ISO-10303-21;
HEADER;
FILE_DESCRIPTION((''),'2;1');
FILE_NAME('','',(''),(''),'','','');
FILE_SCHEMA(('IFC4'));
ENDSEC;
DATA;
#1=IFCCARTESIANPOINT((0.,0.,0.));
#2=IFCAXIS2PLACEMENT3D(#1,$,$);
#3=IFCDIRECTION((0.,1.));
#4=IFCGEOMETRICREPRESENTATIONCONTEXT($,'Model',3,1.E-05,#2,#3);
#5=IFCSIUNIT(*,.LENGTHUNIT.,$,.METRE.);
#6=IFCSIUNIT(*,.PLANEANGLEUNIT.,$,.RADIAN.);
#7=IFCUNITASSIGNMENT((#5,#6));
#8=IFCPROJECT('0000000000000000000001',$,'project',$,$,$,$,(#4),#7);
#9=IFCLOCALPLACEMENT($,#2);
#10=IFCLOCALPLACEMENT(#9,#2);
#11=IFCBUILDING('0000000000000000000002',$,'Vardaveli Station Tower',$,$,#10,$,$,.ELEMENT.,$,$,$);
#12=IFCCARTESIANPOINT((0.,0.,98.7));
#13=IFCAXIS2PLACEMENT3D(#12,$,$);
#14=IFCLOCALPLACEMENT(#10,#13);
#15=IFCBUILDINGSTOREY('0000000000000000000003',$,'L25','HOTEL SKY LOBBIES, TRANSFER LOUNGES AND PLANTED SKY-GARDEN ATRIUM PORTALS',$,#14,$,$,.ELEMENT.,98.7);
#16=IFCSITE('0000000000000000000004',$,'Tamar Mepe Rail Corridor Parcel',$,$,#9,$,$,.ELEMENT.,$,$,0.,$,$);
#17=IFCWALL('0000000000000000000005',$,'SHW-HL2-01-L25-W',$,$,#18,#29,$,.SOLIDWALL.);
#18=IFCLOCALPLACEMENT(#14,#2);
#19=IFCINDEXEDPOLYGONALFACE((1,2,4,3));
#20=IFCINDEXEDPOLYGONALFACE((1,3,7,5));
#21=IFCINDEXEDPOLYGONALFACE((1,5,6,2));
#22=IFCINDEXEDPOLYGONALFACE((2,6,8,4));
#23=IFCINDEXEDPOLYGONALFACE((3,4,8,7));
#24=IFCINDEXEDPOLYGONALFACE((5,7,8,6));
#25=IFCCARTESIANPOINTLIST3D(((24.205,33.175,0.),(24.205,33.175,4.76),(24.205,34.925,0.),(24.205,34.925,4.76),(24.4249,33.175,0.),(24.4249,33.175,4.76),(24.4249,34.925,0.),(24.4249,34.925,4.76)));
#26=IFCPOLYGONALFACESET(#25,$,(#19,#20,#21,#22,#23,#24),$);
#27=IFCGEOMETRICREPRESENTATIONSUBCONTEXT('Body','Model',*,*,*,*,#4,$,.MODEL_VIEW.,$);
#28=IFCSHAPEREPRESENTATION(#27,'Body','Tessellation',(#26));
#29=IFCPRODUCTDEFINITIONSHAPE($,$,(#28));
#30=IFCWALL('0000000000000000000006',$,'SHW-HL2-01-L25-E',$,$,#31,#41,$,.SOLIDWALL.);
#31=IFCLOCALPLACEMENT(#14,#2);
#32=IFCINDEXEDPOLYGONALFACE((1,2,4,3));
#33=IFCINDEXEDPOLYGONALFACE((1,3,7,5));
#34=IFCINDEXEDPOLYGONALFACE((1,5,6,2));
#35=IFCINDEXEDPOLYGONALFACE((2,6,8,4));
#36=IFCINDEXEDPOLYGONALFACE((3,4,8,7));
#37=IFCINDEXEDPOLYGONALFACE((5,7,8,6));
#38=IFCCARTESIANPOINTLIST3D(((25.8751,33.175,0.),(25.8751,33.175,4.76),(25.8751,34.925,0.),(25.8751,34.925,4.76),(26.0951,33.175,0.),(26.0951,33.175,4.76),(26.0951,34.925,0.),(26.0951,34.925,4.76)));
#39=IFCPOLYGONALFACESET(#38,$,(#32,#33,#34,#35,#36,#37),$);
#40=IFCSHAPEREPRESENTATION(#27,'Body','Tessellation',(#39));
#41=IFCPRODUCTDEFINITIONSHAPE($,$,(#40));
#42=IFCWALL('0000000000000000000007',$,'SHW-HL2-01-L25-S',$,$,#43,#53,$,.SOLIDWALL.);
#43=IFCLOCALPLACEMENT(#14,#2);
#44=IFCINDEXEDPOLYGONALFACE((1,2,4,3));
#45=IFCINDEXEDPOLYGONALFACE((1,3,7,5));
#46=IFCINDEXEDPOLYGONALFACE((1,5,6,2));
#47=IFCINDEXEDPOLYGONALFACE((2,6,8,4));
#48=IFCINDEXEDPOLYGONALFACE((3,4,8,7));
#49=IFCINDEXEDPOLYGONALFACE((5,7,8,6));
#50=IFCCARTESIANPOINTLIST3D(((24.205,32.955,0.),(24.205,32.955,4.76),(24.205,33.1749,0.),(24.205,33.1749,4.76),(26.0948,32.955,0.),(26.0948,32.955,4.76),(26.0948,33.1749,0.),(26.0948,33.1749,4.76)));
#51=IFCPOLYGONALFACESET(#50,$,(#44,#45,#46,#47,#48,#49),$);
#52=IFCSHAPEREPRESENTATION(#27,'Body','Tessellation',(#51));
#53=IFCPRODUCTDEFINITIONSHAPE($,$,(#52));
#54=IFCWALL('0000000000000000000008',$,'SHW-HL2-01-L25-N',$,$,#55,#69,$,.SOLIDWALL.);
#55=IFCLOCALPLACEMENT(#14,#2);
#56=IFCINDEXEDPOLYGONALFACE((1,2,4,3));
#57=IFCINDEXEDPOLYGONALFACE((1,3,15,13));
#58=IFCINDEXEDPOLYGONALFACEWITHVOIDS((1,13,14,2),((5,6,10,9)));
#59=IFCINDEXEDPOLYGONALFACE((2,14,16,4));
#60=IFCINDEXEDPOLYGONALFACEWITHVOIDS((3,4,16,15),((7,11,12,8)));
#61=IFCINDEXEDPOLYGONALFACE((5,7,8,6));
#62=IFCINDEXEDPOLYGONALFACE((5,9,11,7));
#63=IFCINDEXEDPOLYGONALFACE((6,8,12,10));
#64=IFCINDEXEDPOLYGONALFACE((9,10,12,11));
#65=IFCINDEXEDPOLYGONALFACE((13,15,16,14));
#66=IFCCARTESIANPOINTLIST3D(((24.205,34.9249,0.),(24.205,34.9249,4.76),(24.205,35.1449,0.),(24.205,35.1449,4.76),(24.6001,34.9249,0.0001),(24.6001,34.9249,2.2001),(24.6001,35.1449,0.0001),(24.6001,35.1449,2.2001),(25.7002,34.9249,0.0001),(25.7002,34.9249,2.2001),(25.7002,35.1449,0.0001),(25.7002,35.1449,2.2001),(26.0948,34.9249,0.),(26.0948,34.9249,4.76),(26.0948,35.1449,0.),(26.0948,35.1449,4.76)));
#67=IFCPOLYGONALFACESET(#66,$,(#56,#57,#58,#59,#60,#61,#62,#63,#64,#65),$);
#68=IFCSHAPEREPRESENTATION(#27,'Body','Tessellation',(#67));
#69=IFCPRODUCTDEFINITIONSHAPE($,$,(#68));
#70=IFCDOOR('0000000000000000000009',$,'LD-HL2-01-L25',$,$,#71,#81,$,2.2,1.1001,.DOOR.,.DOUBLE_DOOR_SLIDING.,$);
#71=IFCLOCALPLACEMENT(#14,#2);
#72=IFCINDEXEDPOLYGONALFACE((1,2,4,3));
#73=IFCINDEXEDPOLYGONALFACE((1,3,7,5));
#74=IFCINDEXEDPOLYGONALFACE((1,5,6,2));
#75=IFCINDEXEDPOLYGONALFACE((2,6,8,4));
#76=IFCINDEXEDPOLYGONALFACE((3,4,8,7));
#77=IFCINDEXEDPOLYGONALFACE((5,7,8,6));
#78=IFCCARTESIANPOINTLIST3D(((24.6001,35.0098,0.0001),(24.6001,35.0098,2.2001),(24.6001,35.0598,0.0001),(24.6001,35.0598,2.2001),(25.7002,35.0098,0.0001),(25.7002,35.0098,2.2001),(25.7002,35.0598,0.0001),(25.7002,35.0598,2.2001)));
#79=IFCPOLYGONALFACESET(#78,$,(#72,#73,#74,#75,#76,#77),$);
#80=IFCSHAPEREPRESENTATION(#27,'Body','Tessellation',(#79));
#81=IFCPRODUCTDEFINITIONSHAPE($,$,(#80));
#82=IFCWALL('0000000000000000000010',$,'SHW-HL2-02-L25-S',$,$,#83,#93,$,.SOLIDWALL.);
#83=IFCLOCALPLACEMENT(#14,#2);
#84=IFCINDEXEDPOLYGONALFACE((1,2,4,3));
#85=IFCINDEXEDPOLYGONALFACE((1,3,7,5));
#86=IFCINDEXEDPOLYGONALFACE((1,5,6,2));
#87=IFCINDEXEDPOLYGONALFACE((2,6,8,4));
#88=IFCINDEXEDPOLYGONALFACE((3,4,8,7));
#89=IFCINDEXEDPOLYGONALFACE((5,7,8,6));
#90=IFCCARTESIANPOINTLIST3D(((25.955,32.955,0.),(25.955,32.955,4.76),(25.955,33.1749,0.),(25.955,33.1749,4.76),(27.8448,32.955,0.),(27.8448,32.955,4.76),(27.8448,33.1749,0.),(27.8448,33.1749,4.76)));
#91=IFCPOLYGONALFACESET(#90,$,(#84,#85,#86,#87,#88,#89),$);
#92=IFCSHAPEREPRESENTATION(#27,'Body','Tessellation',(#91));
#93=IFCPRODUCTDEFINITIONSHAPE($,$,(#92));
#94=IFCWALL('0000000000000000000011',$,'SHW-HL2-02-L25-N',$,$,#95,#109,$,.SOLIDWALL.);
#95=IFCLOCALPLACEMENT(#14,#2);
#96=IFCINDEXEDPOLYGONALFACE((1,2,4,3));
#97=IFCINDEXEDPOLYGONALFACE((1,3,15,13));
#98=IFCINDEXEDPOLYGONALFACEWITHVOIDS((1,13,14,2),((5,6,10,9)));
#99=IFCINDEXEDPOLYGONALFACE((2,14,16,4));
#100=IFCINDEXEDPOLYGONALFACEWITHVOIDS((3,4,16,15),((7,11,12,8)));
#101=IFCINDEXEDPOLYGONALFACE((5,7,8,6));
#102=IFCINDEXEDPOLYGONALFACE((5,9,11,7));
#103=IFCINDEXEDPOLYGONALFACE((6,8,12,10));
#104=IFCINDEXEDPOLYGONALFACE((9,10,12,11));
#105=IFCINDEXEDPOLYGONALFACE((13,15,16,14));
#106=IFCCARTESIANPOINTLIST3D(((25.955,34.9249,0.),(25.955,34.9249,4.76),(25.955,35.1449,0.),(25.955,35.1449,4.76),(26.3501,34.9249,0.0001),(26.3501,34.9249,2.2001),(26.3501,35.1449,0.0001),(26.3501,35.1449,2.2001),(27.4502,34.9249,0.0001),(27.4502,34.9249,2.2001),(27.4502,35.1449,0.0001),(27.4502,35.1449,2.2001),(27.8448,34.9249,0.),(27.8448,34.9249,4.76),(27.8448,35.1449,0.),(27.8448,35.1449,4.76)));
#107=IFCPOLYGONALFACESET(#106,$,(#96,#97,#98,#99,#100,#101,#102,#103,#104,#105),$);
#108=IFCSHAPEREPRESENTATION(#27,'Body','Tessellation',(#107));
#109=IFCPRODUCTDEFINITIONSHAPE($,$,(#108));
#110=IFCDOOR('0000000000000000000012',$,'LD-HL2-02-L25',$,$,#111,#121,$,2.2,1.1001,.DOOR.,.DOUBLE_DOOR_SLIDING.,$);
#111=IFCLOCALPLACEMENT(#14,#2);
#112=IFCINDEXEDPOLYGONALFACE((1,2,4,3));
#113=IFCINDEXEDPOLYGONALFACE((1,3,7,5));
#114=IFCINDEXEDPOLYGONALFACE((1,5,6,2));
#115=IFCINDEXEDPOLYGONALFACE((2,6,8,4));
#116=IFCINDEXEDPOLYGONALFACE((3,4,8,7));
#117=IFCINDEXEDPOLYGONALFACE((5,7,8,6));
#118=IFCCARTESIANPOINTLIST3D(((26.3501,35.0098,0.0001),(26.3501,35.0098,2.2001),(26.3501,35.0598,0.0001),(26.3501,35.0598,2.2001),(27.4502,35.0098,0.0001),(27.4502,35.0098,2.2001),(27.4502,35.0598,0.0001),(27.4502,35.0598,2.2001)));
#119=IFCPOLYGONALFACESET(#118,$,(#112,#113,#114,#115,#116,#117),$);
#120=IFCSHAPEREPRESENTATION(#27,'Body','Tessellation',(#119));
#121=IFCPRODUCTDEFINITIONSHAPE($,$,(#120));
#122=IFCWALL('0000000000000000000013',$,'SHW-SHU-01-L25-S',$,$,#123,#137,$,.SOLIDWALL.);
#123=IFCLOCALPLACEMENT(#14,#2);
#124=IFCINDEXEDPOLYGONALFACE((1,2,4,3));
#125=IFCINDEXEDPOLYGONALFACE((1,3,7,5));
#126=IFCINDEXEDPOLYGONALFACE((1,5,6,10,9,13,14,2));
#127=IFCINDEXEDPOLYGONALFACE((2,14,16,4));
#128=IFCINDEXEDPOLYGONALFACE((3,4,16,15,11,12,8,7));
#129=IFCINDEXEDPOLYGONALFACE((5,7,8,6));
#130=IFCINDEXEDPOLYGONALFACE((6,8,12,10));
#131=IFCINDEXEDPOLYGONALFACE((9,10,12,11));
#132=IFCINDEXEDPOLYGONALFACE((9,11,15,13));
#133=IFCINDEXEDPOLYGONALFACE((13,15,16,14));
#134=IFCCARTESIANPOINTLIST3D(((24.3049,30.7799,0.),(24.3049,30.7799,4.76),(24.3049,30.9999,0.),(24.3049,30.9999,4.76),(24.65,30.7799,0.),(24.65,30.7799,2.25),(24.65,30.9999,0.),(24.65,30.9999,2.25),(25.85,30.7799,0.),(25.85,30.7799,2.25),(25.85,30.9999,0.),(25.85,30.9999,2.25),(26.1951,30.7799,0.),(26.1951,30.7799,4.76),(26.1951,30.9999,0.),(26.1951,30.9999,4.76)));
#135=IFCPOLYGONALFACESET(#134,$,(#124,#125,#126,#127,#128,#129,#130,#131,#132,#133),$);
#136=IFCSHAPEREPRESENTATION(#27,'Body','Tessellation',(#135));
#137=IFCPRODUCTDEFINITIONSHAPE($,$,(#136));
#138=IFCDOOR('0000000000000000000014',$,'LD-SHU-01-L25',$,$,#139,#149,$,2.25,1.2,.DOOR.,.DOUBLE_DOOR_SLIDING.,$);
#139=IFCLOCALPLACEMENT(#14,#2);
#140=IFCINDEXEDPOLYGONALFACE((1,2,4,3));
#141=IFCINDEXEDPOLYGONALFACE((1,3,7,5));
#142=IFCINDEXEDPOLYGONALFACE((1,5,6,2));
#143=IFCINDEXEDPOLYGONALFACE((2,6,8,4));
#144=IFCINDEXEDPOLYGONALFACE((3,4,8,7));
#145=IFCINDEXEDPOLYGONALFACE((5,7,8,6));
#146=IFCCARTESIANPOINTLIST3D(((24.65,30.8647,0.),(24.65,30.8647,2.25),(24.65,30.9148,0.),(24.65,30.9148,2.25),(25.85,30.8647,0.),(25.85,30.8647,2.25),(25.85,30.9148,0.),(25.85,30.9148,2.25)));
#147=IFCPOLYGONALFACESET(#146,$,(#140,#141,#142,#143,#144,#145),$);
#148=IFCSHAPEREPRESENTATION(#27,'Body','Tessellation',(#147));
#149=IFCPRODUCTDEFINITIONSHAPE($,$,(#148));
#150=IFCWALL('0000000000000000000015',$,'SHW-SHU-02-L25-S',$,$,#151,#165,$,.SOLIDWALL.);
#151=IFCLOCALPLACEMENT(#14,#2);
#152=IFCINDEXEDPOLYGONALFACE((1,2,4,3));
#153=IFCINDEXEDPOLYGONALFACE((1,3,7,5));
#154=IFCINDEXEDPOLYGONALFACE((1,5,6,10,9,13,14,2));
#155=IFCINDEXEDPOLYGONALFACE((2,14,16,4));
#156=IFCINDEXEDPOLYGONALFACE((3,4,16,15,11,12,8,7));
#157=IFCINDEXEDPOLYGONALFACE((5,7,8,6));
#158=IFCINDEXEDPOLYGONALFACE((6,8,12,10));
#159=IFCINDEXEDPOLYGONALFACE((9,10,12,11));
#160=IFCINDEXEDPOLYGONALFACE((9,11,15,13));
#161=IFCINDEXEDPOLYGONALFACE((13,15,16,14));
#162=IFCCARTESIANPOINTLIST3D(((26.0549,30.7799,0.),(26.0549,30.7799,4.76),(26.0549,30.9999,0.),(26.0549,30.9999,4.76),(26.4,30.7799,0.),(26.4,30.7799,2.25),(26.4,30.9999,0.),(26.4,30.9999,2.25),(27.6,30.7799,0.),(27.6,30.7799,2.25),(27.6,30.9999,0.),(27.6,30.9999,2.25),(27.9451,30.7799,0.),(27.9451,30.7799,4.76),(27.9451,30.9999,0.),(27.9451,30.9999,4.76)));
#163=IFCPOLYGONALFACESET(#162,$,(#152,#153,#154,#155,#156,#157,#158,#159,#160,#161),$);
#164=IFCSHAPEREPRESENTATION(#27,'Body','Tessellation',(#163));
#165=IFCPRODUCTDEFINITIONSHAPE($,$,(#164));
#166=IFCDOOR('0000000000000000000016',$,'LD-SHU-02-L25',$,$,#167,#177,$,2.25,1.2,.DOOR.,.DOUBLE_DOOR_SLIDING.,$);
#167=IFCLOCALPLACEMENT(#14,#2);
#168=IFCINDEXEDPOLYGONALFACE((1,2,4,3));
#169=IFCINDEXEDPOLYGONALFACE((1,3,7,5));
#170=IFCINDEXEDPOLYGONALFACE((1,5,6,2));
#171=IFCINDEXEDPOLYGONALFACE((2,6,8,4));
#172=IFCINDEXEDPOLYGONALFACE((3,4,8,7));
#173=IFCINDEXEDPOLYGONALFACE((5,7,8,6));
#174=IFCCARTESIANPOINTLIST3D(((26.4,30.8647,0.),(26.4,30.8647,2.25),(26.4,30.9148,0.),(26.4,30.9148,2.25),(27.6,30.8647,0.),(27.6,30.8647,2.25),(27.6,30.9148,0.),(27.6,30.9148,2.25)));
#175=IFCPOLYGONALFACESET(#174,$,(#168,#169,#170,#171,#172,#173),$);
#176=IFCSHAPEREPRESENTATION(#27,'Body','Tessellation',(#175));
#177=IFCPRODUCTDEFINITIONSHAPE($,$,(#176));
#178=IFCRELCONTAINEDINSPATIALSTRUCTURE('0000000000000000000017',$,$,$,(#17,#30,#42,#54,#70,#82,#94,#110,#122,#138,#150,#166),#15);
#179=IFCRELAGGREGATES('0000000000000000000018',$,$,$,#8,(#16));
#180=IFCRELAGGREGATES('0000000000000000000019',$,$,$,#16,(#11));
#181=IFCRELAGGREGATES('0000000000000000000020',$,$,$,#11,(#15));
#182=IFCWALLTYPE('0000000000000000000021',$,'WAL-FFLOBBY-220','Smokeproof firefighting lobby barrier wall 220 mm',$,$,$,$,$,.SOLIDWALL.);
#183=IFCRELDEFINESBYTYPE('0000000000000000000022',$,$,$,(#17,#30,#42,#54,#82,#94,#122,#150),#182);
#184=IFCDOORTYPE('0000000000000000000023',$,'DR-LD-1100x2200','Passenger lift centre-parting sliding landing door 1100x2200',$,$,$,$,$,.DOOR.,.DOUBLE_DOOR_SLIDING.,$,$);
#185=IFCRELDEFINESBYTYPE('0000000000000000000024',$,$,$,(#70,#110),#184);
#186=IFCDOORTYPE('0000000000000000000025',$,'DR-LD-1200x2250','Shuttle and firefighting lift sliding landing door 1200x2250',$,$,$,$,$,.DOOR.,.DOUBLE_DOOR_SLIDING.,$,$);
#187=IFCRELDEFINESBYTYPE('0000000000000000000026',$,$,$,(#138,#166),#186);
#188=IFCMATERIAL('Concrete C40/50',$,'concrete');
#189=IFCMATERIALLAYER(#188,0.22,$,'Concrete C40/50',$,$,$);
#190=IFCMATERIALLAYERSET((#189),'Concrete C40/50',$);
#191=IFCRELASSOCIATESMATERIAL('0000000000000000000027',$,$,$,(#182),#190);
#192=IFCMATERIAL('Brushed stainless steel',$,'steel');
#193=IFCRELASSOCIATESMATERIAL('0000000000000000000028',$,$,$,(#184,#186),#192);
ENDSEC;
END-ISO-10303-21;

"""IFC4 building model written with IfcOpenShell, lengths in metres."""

from ifc_helpers import new_model, si_unit, direction, frame, frame_2d, origin, place, context, subcontext, project, spatial, rectangle, extrude, source, transform, mapped, material, layer, layer_set, type_object, element, fill, save


model = new_model("IFC4")

# Units and contexts
model_context = context("Model", 3, precision=1e-05, world=origin(), true_north=direction((0.0, 1.0)))
body_context = subcontext(model_context, "Body", "Model", "MODEL_VIEW")
ifc_project = project(units=[si_unit("LENGTHUNIT", "METRE"), si_unit("PLANEANGLEUNIT", "RADIAN")], contexts=[model_context])

# Site, building, storey
site_placement = place(None, origin())
site = spatial("IfcSite", under=ifc_project, at=site_placement, Name="Tamar Mepe Rail Corridor Parcel", CompositionType="ELEMENT", RefElevation=0.0)
building_placement = place(site_placement, origin())
building = spatial("IfcBuilding", under=site, at=building_placement, Name="Vardaveli Station Tower", CompositionType="ELEMENT")
storey_placement = place(building_placement, frame((0.0, 0.0, 98.7)))
storey = spatial("IfcBuildingStorey", under=building, at=storey_placement, Name="L25", Description="HOTEL SKY LOBBIES, TRANSFER LOUNGES AND PLANTED SKY-GARDEN ATRIUM PORTALS", CompositionType="ELEMENT", Elevation=98.7)

# Shared definitions
ifc_material_1 = material(Name="Concrete C40/50", Category="concrete")
ifc_layer = layer(ifc_material_1, 0.22, Name="Concrete C40/50")
ifc_layer_set = layer_set([ifc_layer], Name="Concrete C40/50")
wall_type = type_object("IfcWallType", Name="WAL-FFLOBBY-220", Description="Smokeproof firefighting lobby barrier wall 220 mm", PredefinedType="SOLIDWALL", material=ifc_layer_set)
shared_shape_1 = source(origin(), body_context, "Body", "SweptSolid", [
    extrude(rectangle(XDim=1.1001, YDim=2.2, at=frame_2d((0.55, 1.1001))), frame((0.0, 0.1201, 0.0), z_axis=(0.0, -1.0, 0.0), x_axis=(1.0, 0.0, 0.0)), (0.0, 0.0, 1.0), 0.24),
])
ifc_material_2 = material(Name="Brushed stainless steel", Category="steel")
door_type_1 = type_object("IfcDoorType", Name="DR-LD-1100x2200", Description="Passenger lift centre-parting sliding landing door 1100x2200", OperationType="DOUBLE_DOOR_SLIDING", PredefinedType="DOOR", material=ifc_material_2)
shared_shape_2 = source(origin(), body_context, "Body", "SweptSolid", [
    extrude(rectangle(XDim=1.1001, YDim=2.2, at=frame_2d((0.55, 1.1001))), frame((0.0, 0.0249, 0.0), z_axis=(0.0, -1.0, 0.0), x_axis=(1.0, 0.0, 0.0)), (0.0, 0.0, 1.0), 0.05),
])

# Walls
shared_shape_3 = source(origin(), body_context, "Body", "SweptSolid", [
    extrude(rectangle(XDim=1.75, YDim=0.22, at=frame_2d((0.875, 0.0))), origin(), (0.0, 0.0, 1.0), 4.76),
])
for number, where, z_axis, x_axis, name in (
    (1, (24.3149, 33.175, 0.0), (0.0, 0.0, 1.0), (0.0, 1.0, 0.0), "SHW-HL2-01-L25-W"),
    (2, (25.9851, 33.175, 0.0), (0.0, 0.0, 1.0), (0.0, 1.0, 0.0), "SHW-HL2-01-L25-E"),
):
    element("IfcWall", number, at=place(storey_placement, frame(where, z_axis=z_axis, x_axis=x_axis)), inside=storey, type_object=wall_type, Name=name, PredefinedType="SOLIDWALL", context=body_context, shape_type="MappedRepresentation", body=[
        mapped(shared_shape_3, transform((0.0, 0.0, 0.0), scale=1.0)),
    ])
shared_shape_4 = source(origin(), body_context, "Body", "SweptSolid", [
    extrude(rectangle(XDim=1.8899, YDim=0.22, at=frame_2d((0.9448, 0.0))), origin(), (0.0, 0.0, 1.0), 4.76),
])
wall_1_placement = place(storey_placement, frame((24.2051, 33.0649, 0.0), z_axis=(0.0, 0.0, 1.0), x_axis=(1.0, 0.0, 0.0)))
element("IfcWall", 3, at=wall_1_placement, inside=storey, type_object=wall_type, Name="SHW-HL2-01-L25-S", PredefinedType="SOLIDWALL", context=body_context, shape_type="MappedRepresentation", body=[
    mapped(shared_shape_4, transform((0.0, 0.0, 0.0), scale=1.0)),
])

# Wall, opening, door
wall_2_placement = place(storey_placement, frame((24.2051, 35.0349, 0.0), z_axis=(0.0, 0.0, 1.0), x_axis=(1.0, 0.0, 0.0)))
wall_2 = element("IfcWall", 4, at=wall_2_placement, inside=storey, type_object=wall_type, Name="SHW-HL2-01-L25-N", PredefinedType="SOLIDWALL", context=body_context, shape_type="MappedRepresentation", body=[
    mapped(shared_shape_4, transform((0.0, 0.0, 0.0), scale=1.0)),
])
opening_1_placement = place(wall_2_placement, frame((0.395, 0.0, 0.0)))
opening_1 = element("IfcOpeningElement", 5, at=opening_1_placement, cuts=wall_2, PredefinedType="OPENING", context=body_context, shape_type="MappedRepresentation", body=[
    mapped(shared_shape_1, transform((0.0, 0.0, 0.0), scale=1.0)),
])
door_1_placement = place(opening_1_placement, origin())
door_1 = element("IfcDoor", 6, at=door_1_placement, inside=storey, type_object=door_type_1, Name="LD-HL2-01-L25", OperationType="DOUBLE_DOOR_SLIDING", OverallHeight=2.2, OverallWidth=1.1001, PredefinedType="DOOR", context=body_context, shape_type="MappedRepresentation", body=[
    mapped(shared_shape_2, transform((0.0, 0.0, 0.0), scale=1.0)),
])
fill(opening_1, door_1)

# Wall
wall_3_placement = place(storey_placement, frame((25.9551, 33.0649, 0.0), z_axis=(0.0, 0.0, 1.0), x_axis=(1.0, 0.0, 0.0)))
element("IfcWall", 7, at=wall_3_placement, inside=storey, type_object=wall_type, Name="SHW-HL2-02-L25-S", PredefinedType="SOLIDWALL", context=body_context, shape_type="MappedRepresentation", body=[
    mapped(shared_shape_4, transform((0.0, 0.0, 0.0), scale=1.0)),
])

# Walls, openings, doors
wall_4_placement = place(storey_placement, frame((25.9551, 35.0349, 0.0), z_axis=(0.0, 0.0, 1.0), x_axis=(1.0, 0.0, 0.0)))
wall_4 = element("IfcWall", 8, at=wall_4_placement, inside=storey, type_object=wall_type, Name="SHW-HL2-02-L25-N", PredefinedType="SOLIDWALL", context=body_context, shape_type="MappedRepresentation", body=[
    mapped(shared_shape_4, transform((0.0, 0.0, 0.0), scale=1.0)),
])
opening_2_placement = place(wall_4_placement, frame((0.395, 0.0, 0.0)))
opening_2 = element("IfcOpeningElement", 9, at=opening_2_placement, cuts=wall_4, PredefinedType="OPENING", context=body_context, shape_type="MappedRepresentation", body=[
    mapped(shared_shape_1, transform((0.0, 0.0, 0.0), scale=1.0)),
])
door_2_placement = place(opening_2_placement, origin())
door_2 = element("IfcDoor", 10, at=door_2_placement, inside=storey, type_object=door_type_1, Name="LD-HL2-02-L25", OperationType="DOUBLE_DOOR_SLIDING", OverallHeight=2.2, OverallWidth=1.1001, PredefinedType="DOOR", context=body_context, shape_type="MappedRepresentation", body=[
    mapped(shared_shape_2, transform((0.0, 0.0, 0.0), scale=1.0)),
])
fill(opening_2, door_2)
shared_shape_5 = source(origin(), body_context, "Body", "SweptSolid", [
    extrude(rectangle(XDim=1.8901, YDim=0.22, at=frame_2d((0.9451, 0.0))), origin(), (0.0, 0.0, 1.0), 4.76),
])
wall_5_placement = place(storey_placement, frame((24.3049, 30.8899, 0.0), z_axis=(0.0, 0.0, 1.0), x_axis=(1.0, 0.0, 0.0)))
wall_5 = element("IfcWall", 11, at=wall_5_placement, inside=storey, type_object=wall_type, Name="SHW-SHU-01-L25-S", PredefinedType="SOLIDWALL", context=body_context, shape_type="MappedRepresentation", body=[
    mapped(shared_shape_5, transform((0.0, 0.0, 0.0), scale=1.0)),
])
shared_shape_6 = source(origin(), body_context, "Body", "SweptSolid", [
    extrude(rectangle(XDim=1.2, YDim=2.25, at=frame_2d((0.6001, 1.125))), frame((0.0, 0.1201, 0.0), z_axis=(0.0, -1.0, 0.0), x_axis=(1.0, 0.0, 0.0)), (0.0, 0.0, 1.0), 0.24),
])
opening_3_placement = place(wall_5_placement, frame((0.345, 0.0, 0.0)))
opening_3 = element("IfcOpeningElement", 12, at=opening_3_placement, cuts=wall_5, PredefinedType="OPENING", context=body_context, shape_type="MappedRepresentation", body=[
    mapped(shared_shape_6, transform((0.0, 0.0, 0.0), scale=1.0)),
])
door_type_2 = type_object("IfcDoorType", Name="DR-LD-1200x2250", Description="Shuttle and firefighting lift sliding landing door 1200x2250", OperationType="DOUBLE_DOOR_SLIDING", PredefinedType="DOOR", material=ifc_material_2)
shared_shape_7 = source(origin(), body_context, "Body", "SweptSolid", [
    extrude(rectangle(XDim=1.2, YDim=2.25, at=frame_2d((0.6001, 1.125))), frame((0.0, 0.0249, 0.0), z_axis=(0.0, -1.0, 0.0), x_axis=(1.0, 0.0, 0.0)), (0.0, 0.0, 1.0), 0.05),
])
door_3_placement = place(opening_3_placement, origin())
door_3 = element("IfcDoor", 13, at=door_3_placement, inside=storey, type_object=door_type_2, Name="LD-SHU-01-L25", OperationType="DOUBLE_DOOR_SLIDING", OverallHeight=2.25, OverallWidth=1.2, PredefinedType="DOOR", context=body_context, shape_type="MappedRepresentation", body=[
    mapped(shared_shape_7, transform((0.0, 0.0, 0.0), scale=1.0)),
])
fill(opening_3, door_3)
wall_6_placement = place(storey_placement, frame((26.0549, 30.8899, 0.0), z_axis=(0.0, 0.0, 1.0), x_axis=(1.0, 0.0, 0.0)))
wall_6 = element("IfcWall", 14, at=wall_6_placement, inside=storey, type_object=wall_type, Name="SHW-SHU-02-L25-S", PredefinedType="SOLIDWALL", context=body_context, shape_type="MappedRepresentation", body=[
    mapped(shared_shape_5, transform((0.0, 0.0, 0.0), scale=1.0)),
])
opening_4_placement = place(wall_6_placement, frame((0.345, 0.0, 0.0)))
opening_4 = element("IfcOpeningElement", 15, at=opening_4_placement, cuts=wall_6, PredefinedType="OPENING", context=body_context, shape_type="MappedRepresentation", body=[
    mapped(shared_shape_6, transform((0.0, 0.0, 0.0), scale=1.0)),
])
door_4_placement = place(opening_4_placement, origin())
door_4 = element("IfcDoor", 16, at=door_4_placement, inside=storey, type_object=door_type_2, Name="LD-SHU-02-L25", OperationType="DOUBLE_DOOR_SLIDING", OverallHeight=2.25, OverallWidth=1.2, PredefinedType="DOOR", context=body_context, shape_type="MappedRepresentation", body=[
    mapped(shared_shape_7, transform((0.0, 0.0, 0.0), scale=1.0)),
])
fill(opening_4, door_4)

save(model, "model.ifc")
